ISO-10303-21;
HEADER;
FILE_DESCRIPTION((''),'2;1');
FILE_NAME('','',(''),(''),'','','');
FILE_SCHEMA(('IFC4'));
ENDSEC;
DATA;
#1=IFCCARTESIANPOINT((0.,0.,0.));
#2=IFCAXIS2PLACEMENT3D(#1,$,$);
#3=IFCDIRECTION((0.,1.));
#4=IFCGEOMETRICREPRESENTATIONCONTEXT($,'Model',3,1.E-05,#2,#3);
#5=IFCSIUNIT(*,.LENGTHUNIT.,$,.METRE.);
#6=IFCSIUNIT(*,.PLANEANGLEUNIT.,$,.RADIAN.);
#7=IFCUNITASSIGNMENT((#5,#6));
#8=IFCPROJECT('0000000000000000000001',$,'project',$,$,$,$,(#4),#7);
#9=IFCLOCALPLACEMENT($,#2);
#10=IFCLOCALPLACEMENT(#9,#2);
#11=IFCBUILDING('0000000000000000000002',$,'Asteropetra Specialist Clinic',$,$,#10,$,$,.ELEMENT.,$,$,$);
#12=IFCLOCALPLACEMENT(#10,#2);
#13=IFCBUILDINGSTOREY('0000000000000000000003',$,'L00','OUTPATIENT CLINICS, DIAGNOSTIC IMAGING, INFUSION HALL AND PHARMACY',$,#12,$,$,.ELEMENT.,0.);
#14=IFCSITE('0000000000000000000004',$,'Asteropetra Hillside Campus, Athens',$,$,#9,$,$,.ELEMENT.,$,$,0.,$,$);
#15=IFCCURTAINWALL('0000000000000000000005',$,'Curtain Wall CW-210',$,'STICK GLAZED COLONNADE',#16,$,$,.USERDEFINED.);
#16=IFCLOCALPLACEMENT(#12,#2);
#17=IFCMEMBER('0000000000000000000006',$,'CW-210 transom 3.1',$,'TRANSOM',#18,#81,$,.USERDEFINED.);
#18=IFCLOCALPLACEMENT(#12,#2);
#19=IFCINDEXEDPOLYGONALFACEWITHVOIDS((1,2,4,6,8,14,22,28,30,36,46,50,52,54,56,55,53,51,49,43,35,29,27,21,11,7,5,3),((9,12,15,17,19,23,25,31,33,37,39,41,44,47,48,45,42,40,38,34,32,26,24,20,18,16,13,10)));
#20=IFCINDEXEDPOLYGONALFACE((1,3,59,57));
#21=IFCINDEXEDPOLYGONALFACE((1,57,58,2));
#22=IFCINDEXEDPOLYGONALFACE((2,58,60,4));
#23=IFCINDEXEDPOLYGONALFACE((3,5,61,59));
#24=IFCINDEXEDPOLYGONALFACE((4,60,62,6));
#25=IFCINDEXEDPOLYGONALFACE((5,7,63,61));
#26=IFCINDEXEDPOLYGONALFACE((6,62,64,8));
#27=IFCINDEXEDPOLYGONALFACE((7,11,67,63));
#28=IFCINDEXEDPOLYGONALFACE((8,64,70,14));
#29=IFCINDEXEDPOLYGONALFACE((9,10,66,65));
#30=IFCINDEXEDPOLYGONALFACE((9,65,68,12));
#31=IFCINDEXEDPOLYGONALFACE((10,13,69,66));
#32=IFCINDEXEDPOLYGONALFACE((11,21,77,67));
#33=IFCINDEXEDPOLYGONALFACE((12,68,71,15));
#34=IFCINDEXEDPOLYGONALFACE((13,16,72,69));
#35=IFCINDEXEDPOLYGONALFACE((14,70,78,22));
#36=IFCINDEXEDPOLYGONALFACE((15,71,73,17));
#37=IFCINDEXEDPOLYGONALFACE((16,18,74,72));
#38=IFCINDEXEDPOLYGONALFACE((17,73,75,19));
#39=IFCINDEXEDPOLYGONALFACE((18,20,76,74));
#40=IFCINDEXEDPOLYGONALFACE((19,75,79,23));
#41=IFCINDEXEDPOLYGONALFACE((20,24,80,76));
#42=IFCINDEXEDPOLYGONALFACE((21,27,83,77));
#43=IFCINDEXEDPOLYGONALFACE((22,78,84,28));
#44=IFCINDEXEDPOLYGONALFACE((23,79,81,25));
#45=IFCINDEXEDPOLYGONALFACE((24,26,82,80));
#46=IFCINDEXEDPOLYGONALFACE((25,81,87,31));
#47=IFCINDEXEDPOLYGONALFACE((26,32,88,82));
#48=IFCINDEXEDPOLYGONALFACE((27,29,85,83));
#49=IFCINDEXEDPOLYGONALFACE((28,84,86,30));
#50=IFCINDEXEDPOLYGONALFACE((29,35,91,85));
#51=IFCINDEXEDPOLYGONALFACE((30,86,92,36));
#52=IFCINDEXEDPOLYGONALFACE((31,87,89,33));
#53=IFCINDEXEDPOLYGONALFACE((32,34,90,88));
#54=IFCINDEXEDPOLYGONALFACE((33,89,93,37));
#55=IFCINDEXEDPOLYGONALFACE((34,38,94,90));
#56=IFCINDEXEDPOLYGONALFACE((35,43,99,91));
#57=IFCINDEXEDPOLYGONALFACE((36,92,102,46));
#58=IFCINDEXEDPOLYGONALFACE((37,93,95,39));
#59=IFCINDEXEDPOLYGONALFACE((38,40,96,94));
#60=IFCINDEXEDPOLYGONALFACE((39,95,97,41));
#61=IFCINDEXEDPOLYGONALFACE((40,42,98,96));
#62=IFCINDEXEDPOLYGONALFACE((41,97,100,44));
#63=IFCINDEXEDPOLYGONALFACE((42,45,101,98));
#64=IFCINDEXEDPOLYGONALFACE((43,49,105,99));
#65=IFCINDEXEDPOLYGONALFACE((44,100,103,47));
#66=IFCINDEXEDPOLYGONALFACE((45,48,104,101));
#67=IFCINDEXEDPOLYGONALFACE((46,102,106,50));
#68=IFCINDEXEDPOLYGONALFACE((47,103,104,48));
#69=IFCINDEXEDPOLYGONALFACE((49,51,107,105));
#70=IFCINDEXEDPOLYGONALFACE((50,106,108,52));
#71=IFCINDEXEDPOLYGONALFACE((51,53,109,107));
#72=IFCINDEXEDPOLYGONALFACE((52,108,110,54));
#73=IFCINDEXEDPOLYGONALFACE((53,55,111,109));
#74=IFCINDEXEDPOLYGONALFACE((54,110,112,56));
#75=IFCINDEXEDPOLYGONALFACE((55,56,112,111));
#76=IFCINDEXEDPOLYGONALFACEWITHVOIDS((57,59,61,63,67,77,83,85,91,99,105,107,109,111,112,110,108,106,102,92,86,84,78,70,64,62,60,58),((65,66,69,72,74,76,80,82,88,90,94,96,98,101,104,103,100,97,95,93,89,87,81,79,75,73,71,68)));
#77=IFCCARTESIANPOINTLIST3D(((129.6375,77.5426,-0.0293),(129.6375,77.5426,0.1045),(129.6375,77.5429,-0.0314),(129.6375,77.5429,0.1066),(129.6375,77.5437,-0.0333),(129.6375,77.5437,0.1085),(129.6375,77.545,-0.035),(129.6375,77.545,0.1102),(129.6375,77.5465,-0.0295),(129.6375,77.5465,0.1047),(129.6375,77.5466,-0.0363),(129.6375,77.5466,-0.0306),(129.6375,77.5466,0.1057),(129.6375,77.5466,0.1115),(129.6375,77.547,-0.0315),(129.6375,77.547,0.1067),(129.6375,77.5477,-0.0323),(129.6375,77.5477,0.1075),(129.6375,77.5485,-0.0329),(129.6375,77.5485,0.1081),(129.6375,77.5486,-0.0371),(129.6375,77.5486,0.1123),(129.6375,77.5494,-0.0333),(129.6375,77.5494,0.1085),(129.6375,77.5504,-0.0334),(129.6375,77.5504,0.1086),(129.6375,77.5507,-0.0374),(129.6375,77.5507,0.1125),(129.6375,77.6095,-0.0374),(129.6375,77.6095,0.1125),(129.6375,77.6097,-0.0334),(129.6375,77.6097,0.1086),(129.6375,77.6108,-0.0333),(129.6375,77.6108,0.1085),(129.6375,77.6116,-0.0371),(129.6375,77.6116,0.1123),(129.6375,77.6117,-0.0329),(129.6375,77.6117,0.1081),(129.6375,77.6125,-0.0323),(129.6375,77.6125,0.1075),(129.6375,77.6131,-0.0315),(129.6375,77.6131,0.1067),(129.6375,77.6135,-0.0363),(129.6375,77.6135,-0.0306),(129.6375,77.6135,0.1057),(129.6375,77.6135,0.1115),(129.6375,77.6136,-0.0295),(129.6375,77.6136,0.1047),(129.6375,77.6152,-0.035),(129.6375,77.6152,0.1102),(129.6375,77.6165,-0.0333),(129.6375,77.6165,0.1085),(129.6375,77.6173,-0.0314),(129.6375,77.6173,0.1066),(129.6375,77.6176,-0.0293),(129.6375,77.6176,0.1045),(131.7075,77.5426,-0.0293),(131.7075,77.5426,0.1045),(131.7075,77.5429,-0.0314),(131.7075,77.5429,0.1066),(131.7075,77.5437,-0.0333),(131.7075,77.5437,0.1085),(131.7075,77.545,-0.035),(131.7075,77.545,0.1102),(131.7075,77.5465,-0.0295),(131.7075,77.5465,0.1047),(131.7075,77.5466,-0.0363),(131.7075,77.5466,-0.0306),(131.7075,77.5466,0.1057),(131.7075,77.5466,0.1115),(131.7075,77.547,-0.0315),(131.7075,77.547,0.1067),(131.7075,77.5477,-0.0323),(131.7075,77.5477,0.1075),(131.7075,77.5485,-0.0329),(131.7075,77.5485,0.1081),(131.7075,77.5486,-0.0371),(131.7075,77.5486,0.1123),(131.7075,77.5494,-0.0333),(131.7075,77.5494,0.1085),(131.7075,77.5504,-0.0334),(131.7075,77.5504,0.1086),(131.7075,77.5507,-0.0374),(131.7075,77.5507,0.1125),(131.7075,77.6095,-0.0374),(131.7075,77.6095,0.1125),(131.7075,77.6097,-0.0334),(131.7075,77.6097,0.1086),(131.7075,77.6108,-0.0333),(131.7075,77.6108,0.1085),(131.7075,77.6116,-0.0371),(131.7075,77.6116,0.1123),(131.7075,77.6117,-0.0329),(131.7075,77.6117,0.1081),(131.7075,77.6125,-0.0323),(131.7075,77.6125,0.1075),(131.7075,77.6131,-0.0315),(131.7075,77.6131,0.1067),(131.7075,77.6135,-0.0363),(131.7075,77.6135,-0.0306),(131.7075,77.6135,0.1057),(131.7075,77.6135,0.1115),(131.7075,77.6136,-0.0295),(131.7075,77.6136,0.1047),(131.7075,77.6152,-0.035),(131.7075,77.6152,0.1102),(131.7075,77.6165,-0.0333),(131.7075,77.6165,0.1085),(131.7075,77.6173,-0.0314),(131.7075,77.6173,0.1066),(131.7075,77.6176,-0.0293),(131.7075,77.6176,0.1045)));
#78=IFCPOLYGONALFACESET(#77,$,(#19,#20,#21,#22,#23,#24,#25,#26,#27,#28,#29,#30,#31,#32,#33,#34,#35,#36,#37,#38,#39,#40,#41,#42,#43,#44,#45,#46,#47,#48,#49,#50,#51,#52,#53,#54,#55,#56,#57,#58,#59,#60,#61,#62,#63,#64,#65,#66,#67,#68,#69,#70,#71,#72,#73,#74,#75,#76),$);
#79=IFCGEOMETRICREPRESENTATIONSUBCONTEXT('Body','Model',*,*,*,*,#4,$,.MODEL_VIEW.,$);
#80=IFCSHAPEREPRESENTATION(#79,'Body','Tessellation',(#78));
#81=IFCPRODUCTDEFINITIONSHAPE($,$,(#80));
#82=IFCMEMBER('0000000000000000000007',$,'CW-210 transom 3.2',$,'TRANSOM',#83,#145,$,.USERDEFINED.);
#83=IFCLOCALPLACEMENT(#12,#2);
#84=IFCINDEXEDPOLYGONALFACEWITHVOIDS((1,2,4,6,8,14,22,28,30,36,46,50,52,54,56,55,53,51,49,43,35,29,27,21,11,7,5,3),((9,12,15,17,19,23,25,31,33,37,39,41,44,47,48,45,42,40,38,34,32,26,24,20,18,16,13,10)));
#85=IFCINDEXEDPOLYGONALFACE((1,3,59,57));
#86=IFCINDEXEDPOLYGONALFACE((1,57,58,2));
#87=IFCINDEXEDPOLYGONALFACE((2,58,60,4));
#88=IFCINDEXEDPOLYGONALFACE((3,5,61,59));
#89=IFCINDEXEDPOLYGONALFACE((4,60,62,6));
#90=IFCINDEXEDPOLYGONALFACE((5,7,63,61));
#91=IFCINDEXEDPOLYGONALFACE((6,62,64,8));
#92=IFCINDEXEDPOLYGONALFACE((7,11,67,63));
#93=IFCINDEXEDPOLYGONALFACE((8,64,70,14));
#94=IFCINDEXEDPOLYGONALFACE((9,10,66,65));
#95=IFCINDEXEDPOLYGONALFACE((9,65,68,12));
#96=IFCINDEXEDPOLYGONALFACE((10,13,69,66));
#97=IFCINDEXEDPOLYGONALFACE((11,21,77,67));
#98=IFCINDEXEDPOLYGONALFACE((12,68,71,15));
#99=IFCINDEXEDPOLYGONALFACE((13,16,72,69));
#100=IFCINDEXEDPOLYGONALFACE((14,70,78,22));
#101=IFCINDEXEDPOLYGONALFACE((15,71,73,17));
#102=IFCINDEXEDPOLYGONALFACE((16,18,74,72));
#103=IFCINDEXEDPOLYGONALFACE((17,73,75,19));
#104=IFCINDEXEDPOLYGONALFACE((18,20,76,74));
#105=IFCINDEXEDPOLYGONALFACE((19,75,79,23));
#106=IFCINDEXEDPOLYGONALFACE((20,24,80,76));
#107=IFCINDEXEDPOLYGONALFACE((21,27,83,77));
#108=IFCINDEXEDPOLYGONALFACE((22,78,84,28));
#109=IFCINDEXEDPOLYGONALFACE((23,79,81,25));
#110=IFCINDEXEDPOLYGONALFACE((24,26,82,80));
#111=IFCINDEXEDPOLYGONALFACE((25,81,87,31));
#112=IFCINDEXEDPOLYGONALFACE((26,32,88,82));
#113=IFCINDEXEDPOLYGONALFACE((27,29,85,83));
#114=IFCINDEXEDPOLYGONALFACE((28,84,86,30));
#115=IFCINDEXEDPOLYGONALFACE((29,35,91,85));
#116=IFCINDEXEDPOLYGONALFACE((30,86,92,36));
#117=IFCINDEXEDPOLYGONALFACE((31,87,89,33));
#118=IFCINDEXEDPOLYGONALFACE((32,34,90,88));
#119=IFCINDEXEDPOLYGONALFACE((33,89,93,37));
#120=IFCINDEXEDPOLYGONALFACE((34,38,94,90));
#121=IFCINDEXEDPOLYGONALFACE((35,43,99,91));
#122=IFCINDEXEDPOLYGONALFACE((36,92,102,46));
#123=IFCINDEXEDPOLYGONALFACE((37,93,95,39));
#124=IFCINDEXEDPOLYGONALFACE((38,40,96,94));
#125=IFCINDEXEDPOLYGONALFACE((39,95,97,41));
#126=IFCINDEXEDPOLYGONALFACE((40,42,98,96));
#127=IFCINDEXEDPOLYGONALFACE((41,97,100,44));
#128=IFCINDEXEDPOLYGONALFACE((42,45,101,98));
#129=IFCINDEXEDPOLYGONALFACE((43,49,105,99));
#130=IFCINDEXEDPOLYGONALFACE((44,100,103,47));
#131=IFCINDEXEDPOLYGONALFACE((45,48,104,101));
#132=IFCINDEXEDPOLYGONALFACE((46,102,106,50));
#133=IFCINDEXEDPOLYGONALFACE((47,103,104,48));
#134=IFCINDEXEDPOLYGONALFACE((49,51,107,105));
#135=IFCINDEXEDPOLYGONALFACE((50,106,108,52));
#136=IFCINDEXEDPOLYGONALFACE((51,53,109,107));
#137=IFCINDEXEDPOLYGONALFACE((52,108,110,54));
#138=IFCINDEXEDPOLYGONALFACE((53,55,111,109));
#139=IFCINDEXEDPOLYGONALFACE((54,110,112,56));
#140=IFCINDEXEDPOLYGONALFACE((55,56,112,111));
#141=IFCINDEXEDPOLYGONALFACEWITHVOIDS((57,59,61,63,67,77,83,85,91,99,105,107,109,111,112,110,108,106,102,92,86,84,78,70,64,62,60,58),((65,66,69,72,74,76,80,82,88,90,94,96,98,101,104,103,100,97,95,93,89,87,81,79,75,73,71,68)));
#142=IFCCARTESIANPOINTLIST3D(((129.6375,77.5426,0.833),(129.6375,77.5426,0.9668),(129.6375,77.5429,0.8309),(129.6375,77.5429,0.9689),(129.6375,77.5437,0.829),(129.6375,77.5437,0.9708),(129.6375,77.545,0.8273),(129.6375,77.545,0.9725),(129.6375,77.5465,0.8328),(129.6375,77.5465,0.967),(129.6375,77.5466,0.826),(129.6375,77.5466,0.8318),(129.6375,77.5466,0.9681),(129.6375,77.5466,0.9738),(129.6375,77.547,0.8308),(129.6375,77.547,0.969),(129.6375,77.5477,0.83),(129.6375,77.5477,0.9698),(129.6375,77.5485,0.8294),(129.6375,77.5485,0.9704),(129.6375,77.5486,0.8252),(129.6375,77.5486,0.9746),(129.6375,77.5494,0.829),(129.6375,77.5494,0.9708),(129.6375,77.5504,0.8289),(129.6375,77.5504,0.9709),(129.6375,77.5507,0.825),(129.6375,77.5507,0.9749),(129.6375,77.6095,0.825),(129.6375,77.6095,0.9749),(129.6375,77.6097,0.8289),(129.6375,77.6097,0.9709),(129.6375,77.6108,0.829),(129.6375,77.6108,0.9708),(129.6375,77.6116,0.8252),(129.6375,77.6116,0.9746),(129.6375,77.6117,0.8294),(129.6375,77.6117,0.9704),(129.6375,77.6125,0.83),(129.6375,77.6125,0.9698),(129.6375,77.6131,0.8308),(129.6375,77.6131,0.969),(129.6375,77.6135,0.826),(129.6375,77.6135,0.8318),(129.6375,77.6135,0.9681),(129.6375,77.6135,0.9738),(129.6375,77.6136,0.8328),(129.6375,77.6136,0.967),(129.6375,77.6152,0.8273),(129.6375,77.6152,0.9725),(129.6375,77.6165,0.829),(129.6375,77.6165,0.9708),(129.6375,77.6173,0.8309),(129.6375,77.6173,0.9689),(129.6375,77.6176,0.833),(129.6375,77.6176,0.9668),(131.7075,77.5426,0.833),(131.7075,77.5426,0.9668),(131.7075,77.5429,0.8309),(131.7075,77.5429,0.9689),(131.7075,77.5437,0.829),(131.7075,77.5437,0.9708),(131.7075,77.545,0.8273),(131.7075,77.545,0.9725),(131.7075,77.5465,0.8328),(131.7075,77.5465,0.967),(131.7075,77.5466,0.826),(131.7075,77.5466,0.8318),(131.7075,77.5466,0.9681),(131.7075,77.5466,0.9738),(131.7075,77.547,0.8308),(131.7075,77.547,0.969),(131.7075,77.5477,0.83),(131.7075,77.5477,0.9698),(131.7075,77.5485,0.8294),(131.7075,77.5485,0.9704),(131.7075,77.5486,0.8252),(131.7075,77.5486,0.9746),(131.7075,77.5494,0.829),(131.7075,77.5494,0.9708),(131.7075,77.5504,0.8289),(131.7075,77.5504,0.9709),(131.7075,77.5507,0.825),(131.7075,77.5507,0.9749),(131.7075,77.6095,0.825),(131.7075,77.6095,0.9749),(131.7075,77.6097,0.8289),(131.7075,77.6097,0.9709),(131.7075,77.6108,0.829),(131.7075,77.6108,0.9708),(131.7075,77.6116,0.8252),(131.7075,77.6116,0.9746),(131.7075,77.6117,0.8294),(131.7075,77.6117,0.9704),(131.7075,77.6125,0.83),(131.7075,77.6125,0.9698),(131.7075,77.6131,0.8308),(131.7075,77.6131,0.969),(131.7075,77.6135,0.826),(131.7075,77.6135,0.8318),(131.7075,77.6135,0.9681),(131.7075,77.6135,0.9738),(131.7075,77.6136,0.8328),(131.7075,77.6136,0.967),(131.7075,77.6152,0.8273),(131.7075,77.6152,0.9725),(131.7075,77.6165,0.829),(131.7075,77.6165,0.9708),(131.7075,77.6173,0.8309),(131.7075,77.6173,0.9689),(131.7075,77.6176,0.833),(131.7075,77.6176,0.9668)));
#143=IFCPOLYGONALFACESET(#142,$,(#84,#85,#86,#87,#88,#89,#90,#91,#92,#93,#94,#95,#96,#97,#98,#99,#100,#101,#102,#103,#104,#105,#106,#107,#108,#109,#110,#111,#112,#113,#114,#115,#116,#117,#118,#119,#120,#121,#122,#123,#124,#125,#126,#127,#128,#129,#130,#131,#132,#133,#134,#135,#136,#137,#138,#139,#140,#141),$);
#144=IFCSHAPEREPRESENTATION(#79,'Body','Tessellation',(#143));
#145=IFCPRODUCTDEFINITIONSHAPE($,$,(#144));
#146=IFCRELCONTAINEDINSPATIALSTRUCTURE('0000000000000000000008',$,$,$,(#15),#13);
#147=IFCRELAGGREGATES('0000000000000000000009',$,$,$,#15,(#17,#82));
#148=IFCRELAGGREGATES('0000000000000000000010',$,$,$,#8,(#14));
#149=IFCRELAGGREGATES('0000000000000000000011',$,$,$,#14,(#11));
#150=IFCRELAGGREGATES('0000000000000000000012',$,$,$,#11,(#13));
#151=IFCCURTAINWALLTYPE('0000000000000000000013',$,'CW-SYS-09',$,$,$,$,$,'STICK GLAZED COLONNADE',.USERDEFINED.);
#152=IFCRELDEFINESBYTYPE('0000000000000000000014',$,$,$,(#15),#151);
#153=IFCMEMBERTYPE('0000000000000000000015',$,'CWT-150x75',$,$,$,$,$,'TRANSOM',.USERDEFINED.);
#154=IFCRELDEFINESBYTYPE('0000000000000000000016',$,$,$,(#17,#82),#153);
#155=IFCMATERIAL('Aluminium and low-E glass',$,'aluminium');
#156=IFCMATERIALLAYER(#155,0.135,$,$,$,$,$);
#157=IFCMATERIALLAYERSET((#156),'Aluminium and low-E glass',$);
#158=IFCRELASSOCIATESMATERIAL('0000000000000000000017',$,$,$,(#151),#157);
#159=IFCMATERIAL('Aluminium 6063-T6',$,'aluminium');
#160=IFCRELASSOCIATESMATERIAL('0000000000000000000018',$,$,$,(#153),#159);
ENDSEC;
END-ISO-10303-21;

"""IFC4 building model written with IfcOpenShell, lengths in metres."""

from ifc_helpers import new_model, si_unit, direction, frame, origin, origin_2d, place, context, subcontext, project, spatial, hollow_rectangle, extrude, material, layer, layer_set, material_profile, profile_set, type_object, element, aggregate, save


model = new_model("IFC4")

# Units and contexts
model_context = context("Model", 3, precision=1e-05, world=origin(), true_north=direction((0.0, 1.0)))
body_context = subcontext(model_context, "Body", "Model", "MODEL_VIEW")
ifc_project = project(units=[si_unit("LENGTHUNIT", "METRE"), si_unit("PLANEANGLEUNIT", "RADIAN")], contexts=[model_context])

# Site, building, storey
site_placement = place(None, origin())
site = spatial("IfcSite", under=ifc_project, at=site_placement, Name="Asteropetra Hillside Campus, Athens", CompositionType="ELEMENT", RefElevation=0.0)
building_placement = place(site_placement, origin())
building = spatial("IfcBuilding", under=site, at=building_placement, Name="Asteropetra Specialist Clinic", CompositionType="ELEMENT")
storey_placement = place(building_placement, origin())
storey = spatial("IfcBuildingStorey", under=building, at=storey_placement, Name="L00", Description="OUTPATIENT CLINICS, DIAGNOSTIC IMAGING, INFUSION HALL AND PHARMACY", CompositionType="ELEMENT", Elevation=0.0)

# Curtain wall, members
ifc_material_1 = material(Name="Aluminium and low-E glass", Category="aluminium")
ifc_layer_1 = layer(ifc_material_1, 0.135)
ifc_layer_set_1 = layer_set([ifc_layer_1], Name="Aluminium and low-E glass")
curtain_wall_type = type_object("IfcCurtainWallType", Name="CW-SYS-09", ElementType="STICK GLAZED COLONNADE", PredefinedType="USERDEFINED", material=ifc_layer_set_1)
curtain_wall_placement = place(storey_placement, origin())
curtain_wall = element("IfcCurtainWall", 1, at=curtain_wall_placement, inside=storey, type_object=curtain_wall_type, Name="Curtain Wall CW-210", ObjectType="STICK GLAZED COLONNADE", PredefinedType="USERDEFINED")
ifc_material_2 = material(Name="Aluminium 6063-T6", Category="aluminium")
ifc_material_profile_1 = material_profile(ifc_material_2, hollow_rectangle(XDim=0.075, YDim=0.1499, WallThickness=0.0039, InnerFilletRadius=0.0039, OuterFilletRadius=0.0081, at=origin_2d()), Name="TRN 150x75x4.0")
ifc_profile_set_1 = profile_set([ifc_material_profile_1], Name="Aluminium 6063-T6")
member_type_1 = type_object("IfcMemberType", Name="CWT-150x75", ElementType="TRANSOM", PredefinedType="USERDEFINED", material=ifc_profile_set_1)
member_1_placement = place(storey_placement, frame((129.6375, 77.5801, 0.0376), z_axis=(1.0, 0.0, 0.0), x_axis=(0.0, 1.0, 0.0)))
member_1 = element("IfcMember", 2, at=member_1_placement, type_object=member_type_1, Name="CW-210 transom 3.1", ObjectType="TRANSOM", PredefinedType="USERDEFINED", context=body_context, shape_type="SweptSolid", body=[
    extrude(hollow_rectangle(XDim=0.075, YDim=0.1499, WallThickness=0.0039, InnerFilletRadius=0.0039, OuterFilletRadius=0.0081, at=origin_2d()), origin(), (0.0, 0.0, 1.0), 2.0701),
])
member_2_placement = place(storey_placement, frame((129.6375, 77.5801, 0.8999), z_axis=(1.0, 0.0, 0.0), x_axis=(0.0, 1.0, 0.0)))
member_2 = element("IfcMember", 3, at=member_2_placement, type_object=member_type_1, Name="CW-210 transom 3.2", ObjectType="TRANSOM", PredefinedType="USERDEFINED", context=body_context, shape_type="SweptSolid", body=[
    extrude(hollow_rectangle(XDim=0.075, YDim=0.1499, WallThickness=0.0039, InnerFilletRadius=0.0039, OuterFilletRadius=0.0081, at=origin_2d()), origin(), (0.0, 0.0, 1.0), 2.0701),
])
aggregate(curtain_wall, [member_1, member_2])

save(model, "model.ifc")
